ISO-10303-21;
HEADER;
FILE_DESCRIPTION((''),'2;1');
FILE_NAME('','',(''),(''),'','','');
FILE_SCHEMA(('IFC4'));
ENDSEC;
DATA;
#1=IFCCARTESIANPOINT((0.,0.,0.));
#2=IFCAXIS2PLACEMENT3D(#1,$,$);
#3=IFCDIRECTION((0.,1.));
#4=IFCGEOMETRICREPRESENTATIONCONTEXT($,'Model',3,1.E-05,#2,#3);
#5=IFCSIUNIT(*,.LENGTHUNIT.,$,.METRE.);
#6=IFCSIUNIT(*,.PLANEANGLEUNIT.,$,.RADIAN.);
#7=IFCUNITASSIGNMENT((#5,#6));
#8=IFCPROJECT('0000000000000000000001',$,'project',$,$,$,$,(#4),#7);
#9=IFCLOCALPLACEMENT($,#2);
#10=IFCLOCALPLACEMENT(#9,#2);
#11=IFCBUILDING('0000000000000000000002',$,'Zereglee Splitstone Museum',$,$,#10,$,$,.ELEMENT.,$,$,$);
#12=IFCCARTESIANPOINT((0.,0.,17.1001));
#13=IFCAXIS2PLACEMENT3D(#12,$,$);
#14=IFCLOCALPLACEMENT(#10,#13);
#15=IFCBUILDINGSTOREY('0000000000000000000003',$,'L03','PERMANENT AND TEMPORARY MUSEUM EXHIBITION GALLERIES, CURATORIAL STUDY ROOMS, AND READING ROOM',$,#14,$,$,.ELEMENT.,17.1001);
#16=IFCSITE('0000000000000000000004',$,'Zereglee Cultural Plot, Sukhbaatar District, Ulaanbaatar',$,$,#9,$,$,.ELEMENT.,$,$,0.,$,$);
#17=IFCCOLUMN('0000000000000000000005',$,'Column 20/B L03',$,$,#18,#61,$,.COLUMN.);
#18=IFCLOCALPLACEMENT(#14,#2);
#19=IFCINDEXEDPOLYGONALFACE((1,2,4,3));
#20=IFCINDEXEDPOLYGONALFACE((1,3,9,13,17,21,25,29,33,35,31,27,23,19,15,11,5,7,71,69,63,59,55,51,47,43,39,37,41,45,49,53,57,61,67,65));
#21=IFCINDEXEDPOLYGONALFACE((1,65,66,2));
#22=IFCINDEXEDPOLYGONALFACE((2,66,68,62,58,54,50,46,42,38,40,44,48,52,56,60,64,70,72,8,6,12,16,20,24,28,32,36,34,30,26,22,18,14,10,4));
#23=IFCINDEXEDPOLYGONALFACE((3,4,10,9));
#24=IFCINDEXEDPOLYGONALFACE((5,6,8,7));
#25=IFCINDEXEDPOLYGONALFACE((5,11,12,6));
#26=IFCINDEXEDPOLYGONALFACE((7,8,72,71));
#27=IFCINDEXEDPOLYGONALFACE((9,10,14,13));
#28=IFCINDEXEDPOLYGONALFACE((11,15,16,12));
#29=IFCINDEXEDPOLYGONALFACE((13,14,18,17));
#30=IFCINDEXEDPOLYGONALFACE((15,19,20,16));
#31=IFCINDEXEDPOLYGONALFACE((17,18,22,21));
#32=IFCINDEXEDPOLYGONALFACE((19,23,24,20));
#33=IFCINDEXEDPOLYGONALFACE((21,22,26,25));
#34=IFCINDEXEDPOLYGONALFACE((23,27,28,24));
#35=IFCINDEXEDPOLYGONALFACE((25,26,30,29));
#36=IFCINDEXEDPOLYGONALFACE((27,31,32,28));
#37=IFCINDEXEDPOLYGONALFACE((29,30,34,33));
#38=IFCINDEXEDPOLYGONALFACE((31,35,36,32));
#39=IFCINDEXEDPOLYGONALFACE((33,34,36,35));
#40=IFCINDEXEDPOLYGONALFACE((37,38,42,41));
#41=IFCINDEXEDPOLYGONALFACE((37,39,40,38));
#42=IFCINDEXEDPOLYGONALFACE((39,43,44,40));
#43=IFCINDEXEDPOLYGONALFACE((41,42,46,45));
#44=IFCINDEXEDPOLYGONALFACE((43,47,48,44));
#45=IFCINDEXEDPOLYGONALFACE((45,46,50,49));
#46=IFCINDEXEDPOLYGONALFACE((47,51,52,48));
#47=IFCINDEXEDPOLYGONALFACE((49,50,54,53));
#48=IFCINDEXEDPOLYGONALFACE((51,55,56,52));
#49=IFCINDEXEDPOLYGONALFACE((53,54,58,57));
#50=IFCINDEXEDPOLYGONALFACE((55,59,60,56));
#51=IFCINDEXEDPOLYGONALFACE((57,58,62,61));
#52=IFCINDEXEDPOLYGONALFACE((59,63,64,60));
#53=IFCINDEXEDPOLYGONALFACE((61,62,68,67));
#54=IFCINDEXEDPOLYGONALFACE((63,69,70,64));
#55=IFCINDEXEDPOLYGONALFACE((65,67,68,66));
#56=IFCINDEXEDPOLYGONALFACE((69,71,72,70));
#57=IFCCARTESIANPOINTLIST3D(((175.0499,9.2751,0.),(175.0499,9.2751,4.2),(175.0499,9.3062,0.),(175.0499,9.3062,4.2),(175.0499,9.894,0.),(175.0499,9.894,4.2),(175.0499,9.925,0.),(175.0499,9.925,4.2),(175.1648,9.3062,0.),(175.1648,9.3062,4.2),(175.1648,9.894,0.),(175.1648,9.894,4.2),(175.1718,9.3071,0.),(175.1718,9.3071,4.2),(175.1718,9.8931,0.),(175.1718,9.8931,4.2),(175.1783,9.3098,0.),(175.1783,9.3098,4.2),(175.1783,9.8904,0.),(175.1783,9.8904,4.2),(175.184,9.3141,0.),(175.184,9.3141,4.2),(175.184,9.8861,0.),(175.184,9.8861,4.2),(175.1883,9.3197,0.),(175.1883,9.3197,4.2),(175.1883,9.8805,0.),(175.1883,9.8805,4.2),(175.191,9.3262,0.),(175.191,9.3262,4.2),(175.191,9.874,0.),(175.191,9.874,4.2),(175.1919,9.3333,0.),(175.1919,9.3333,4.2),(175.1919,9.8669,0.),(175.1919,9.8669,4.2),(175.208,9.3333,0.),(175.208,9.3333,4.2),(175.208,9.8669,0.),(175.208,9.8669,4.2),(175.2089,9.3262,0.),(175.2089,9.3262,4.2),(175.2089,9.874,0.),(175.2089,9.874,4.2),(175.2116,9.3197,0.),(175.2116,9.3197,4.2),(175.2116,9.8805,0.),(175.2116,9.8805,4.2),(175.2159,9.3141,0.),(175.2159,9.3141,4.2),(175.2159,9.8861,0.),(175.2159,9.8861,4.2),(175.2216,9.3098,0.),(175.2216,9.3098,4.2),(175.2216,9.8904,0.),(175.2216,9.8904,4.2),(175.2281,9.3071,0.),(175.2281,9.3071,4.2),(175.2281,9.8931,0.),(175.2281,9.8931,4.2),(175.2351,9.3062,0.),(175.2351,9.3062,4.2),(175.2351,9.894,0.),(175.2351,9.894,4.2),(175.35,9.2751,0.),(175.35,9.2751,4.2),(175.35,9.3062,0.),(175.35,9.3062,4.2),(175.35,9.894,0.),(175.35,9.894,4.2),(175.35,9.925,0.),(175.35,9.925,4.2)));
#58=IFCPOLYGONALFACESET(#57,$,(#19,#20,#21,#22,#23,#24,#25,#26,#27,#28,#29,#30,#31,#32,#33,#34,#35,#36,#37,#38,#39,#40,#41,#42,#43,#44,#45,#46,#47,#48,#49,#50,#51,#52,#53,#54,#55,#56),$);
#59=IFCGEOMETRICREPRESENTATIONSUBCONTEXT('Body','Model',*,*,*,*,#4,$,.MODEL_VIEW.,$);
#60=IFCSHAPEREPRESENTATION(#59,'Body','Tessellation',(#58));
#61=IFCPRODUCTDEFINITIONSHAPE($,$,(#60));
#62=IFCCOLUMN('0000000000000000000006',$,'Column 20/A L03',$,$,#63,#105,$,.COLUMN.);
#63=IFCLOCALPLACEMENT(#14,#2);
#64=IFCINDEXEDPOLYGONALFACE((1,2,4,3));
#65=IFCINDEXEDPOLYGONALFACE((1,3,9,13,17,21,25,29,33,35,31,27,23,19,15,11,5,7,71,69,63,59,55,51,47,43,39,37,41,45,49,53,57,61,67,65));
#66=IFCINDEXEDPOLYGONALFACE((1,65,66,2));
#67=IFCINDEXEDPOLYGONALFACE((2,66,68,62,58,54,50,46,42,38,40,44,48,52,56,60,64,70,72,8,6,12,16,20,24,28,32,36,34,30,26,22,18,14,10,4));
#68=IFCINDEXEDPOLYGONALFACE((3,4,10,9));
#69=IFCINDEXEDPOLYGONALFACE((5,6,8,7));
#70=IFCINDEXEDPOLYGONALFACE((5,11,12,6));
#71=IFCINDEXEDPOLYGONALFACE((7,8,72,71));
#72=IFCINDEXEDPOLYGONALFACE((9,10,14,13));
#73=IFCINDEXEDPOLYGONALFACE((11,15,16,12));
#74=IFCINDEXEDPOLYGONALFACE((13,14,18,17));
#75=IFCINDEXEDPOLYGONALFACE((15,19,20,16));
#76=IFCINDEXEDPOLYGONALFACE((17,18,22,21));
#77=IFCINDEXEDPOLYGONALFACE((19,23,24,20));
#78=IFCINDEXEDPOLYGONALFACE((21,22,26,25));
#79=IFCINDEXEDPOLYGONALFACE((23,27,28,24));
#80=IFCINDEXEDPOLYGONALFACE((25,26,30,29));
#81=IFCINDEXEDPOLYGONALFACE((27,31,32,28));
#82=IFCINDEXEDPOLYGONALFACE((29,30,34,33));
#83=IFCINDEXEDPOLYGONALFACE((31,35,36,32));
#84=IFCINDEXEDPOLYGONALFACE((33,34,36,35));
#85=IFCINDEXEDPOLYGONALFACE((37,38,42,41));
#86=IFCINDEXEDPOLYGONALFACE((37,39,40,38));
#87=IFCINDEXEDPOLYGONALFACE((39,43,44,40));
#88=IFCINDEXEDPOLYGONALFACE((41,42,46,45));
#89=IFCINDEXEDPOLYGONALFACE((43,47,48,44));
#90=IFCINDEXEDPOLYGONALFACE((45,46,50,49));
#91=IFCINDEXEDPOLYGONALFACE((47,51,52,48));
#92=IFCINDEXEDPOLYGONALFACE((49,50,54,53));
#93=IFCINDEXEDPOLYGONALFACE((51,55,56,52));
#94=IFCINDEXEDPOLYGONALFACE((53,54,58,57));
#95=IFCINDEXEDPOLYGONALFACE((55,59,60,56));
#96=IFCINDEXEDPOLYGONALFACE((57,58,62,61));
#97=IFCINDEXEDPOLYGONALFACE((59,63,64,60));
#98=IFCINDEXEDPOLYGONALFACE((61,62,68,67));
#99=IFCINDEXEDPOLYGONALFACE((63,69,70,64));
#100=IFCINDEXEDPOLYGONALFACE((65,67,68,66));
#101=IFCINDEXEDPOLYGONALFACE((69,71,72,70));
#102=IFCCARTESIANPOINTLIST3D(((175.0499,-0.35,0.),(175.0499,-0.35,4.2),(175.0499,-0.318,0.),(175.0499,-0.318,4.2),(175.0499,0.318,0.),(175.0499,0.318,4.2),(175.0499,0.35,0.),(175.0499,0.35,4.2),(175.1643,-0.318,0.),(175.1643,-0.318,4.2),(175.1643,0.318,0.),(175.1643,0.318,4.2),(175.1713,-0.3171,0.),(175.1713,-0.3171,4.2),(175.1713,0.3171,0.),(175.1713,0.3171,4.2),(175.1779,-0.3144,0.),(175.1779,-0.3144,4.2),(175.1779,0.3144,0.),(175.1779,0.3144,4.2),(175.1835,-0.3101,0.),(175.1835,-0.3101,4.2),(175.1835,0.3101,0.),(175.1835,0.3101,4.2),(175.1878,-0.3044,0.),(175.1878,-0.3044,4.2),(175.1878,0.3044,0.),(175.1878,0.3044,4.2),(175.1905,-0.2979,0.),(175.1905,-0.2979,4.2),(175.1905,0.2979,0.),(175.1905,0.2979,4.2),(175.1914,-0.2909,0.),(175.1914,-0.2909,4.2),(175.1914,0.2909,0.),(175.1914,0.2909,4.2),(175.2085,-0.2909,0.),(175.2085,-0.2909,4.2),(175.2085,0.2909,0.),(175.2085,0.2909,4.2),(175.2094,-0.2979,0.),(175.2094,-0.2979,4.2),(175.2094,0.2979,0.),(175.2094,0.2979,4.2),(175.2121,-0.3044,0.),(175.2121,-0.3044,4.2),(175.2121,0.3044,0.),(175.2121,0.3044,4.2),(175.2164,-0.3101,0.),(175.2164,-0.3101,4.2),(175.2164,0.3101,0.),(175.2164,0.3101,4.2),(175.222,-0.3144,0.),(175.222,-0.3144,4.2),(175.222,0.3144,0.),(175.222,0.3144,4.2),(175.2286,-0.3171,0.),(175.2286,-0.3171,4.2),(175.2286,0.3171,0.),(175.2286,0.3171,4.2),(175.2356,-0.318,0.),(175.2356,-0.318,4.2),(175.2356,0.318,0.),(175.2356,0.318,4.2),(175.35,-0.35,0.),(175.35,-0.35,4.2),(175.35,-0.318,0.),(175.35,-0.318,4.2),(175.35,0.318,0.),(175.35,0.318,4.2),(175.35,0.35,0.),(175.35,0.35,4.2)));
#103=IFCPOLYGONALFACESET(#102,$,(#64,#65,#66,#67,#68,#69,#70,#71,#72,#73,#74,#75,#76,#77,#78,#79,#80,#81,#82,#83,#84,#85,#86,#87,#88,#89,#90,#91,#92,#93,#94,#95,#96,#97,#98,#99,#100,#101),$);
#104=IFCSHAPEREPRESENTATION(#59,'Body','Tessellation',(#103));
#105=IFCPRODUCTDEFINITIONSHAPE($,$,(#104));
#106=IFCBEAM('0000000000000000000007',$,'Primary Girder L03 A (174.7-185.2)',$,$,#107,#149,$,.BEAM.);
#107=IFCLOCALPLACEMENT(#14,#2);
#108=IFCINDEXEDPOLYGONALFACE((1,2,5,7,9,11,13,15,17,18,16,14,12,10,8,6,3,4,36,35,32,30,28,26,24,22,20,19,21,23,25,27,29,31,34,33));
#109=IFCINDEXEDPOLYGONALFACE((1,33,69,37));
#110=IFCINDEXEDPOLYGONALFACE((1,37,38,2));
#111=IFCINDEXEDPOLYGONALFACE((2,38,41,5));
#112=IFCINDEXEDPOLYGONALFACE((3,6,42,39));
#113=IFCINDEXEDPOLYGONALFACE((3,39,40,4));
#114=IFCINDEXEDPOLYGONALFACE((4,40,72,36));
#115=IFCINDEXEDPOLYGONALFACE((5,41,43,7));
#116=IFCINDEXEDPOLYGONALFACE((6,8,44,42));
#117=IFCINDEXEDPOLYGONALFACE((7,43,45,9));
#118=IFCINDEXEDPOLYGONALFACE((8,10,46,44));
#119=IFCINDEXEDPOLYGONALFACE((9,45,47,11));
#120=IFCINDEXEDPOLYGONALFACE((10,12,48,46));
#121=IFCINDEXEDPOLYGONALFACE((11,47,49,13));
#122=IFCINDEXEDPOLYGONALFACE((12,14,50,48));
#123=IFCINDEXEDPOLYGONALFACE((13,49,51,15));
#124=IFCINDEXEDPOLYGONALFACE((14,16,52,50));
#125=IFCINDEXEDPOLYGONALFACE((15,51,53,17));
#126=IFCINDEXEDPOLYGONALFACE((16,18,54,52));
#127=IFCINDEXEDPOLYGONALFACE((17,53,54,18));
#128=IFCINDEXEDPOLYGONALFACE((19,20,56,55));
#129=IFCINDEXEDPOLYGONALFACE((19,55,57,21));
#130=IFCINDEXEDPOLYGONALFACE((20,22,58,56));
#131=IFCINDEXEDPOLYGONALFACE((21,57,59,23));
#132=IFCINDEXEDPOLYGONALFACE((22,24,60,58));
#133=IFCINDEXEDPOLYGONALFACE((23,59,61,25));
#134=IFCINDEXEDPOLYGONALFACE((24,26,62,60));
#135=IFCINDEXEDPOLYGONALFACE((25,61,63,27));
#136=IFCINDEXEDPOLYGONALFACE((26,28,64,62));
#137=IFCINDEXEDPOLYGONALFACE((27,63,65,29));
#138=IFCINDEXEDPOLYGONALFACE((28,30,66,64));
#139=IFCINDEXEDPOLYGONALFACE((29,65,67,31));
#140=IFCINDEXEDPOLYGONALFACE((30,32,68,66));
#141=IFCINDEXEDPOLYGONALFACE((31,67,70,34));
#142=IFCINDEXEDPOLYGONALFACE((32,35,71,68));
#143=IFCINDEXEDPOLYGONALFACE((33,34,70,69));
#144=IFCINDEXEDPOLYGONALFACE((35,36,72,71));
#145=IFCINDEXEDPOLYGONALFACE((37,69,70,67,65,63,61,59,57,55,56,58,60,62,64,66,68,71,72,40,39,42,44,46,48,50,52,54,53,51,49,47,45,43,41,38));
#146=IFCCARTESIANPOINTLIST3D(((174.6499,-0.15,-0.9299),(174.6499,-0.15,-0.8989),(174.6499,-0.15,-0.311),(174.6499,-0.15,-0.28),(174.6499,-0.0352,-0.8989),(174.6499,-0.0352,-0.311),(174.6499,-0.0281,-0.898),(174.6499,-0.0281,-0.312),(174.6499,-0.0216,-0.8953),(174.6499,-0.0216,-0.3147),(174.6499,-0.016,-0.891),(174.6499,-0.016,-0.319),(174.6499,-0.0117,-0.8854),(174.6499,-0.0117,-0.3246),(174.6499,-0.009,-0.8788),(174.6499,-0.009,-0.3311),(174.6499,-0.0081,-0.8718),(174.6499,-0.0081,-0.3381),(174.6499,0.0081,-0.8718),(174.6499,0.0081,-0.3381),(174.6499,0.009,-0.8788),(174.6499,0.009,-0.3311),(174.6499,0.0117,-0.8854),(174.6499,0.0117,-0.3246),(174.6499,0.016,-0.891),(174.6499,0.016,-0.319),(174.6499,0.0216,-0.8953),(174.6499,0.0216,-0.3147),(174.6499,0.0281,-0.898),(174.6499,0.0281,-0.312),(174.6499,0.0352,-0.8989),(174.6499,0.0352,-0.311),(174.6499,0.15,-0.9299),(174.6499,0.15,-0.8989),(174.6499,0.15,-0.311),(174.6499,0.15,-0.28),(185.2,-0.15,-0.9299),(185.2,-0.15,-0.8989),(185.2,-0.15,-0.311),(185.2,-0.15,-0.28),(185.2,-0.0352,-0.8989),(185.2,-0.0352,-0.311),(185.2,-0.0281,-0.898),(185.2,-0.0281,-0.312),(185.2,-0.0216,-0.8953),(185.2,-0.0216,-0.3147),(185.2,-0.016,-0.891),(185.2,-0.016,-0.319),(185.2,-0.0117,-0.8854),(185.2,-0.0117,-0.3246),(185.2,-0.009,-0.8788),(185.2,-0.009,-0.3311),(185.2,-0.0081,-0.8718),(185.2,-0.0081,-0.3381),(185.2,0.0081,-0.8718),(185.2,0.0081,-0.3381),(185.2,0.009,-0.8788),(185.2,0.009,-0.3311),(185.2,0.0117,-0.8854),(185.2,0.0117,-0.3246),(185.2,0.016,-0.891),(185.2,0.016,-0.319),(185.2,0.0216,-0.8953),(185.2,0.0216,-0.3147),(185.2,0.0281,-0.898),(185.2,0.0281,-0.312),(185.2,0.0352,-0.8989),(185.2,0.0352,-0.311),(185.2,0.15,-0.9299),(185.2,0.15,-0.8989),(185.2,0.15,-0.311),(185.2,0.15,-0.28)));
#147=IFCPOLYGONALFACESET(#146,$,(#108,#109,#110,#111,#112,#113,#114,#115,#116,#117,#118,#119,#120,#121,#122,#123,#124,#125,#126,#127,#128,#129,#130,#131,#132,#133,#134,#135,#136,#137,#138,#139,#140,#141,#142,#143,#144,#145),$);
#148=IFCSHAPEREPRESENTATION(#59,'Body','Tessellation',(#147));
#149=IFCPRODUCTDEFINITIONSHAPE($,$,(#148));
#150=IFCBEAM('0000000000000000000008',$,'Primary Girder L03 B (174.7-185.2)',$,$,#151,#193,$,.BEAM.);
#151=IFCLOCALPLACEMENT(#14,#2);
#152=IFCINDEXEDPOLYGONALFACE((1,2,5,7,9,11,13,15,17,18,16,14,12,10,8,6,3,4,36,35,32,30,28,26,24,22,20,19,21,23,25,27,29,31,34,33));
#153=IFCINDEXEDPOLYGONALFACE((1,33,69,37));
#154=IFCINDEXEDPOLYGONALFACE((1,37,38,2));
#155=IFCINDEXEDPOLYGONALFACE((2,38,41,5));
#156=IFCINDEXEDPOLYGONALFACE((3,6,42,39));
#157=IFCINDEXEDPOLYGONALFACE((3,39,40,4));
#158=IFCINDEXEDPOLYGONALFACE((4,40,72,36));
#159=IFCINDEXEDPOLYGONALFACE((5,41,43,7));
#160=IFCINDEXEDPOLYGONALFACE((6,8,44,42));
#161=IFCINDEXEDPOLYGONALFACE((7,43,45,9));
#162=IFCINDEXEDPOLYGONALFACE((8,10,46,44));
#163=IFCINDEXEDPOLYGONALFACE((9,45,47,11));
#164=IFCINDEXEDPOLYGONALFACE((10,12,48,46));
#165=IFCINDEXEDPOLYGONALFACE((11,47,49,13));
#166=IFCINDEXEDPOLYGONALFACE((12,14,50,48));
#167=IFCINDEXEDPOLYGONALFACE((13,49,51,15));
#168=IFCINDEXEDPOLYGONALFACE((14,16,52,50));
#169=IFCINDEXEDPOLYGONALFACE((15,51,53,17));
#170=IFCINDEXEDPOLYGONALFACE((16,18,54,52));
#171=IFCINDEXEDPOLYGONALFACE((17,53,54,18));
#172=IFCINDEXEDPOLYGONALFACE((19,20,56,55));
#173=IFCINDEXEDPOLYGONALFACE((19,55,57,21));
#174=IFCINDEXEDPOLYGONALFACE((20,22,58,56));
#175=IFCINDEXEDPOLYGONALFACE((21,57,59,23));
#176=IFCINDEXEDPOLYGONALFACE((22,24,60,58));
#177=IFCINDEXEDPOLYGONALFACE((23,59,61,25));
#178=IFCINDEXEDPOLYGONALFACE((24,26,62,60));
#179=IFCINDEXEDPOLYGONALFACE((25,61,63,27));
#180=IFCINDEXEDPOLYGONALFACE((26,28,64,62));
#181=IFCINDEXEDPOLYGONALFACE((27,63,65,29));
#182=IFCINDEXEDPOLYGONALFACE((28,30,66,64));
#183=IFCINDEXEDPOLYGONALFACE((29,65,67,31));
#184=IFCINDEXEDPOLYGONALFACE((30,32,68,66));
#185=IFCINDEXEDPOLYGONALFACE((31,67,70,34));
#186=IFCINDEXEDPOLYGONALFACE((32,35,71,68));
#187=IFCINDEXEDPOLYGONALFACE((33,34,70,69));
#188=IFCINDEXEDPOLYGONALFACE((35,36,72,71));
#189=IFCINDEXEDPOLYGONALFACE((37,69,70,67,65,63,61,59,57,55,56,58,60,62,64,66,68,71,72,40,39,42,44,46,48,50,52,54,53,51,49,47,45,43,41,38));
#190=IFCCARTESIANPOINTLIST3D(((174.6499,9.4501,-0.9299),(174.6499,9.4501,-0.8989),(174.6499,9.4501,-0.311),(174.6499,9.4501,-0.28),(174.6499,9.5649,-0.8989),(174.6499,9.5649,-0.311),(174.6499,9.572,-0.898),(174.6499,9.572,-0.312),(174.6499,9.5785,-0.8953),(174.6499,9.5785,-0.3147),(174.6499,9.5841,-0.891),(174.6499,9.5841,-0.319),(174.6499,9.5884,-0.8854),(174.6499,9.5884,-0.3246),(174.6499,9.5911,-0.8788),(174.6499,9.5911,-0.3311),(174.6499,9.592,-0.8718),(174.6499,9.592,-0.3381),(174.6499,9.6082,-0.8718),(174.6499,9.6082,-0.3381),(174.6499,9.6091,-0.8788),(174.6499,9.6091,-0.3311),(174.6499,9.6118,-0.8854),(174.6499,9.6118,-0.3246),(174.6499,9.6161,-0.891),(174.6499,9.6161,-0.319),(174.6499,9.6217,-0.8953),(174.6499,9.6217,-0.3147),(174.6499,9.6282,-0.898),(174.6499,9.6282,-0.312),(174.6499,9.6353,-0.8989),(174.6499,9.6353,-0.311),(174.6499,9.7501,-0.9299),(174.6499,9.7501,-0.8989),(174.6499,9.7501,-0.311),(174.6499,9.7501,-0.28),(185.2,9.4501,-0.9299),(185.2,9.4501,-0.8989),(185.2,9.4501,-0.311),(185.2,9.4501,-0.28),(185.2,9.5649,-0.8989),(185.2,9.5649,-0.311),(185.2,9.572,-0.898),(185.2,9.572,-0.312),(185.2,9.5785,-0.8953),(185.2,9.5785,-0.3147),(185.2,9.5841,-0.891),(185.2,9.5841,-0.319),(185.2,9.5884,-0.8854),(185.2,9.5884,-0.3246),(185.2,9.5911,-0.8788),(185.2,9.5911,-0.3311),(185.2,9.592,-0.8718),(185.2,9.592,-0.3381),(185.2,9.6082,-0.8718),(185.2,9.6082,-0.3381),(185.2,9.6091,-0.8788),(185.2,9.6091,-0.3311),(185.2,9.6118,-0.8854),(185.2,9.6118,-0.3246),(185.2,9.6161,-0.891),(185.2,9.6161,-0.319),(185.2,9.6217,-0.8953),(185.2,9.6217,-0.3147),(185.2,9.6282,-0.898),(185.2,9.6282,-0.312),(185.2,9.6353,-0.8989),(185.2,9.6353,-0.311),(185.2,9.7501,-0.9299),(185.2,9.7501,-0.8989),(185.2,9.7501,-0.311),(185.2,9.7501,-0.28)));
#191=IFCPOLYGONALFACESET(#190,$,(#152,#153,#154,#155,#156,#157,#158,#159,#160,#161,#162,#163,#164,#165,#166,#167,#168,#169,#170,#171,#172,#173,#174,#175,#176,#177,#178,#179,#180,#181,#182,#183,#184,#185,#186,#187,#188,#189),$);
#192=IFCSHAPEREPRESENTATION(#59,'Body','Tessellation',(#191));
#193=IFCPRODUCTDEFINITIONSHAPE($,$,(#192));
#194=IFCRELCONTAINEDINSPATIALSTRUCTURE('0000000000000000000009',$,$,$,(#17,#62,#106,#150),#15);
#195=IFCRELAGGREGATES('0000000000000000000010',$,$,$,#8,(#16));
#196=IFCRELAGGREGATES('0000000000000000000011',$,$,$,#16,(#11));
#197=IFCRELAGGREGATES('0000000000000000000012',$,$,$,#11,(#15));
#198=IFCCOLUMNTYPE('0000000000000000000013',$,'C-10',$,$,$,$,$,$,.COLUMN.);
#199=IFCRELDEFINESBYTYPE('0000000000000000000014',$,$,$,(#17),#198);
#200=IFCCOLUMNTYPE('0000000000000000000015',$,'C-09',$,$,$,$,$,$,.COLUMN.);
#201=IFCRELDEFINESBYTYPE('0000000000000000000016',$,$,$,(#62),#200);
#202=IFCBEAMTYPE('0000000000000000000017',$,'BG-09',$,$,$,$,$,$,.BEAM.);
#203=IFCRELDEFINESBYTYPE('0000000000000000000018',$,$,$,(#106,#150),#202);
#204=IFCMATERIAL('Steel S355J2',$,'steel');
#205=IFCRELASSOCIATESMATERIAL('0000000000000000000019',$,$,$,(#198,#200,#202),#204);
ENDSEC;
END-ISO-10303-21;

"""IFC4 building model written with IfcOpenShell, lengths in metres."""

from ifc_helpers import new_model, si_unit, direction, frame, origin, origin_2d, place, context, subcontext, project, spatial, i_section, extrude, material, material_profile, profile_set, type_object, element, save


model = new_model("IFC4")

# Units and contexts
model_context = context("Model", 3, precision=1e-05, world=origin(), true_north=direction((0.0, 1.0)))
body_context = subcontext(model_context, "Body", "Model", "MODEL_VIEW")
ifc_project = project(units=[si_unit("LENGTHUNIT", "METRE"), si_unit("PLANEANGLEUNIT", "RADIAN")], contexts=[model_context])

# Site, building, storey
site_placement = place(None, origin())
site = spatial("IfcSite", under=ifc_project, at=site_placement, Name="Zereglee Cultural Plot, Sukhbaatar District, Ulaanbaatar", CompositionType="ELEMENT", RefElevation=0.0)
building_placement = place(site_placement, origin())
building = spatial("IfcBuilding", under=site, at=building_placement, Name="Zereglee Splitstone Museum", CompositionType="ELEMENT")
storey_placement = place(building_placement, frame((0.0, 0.0, 17.1001)))
storey = spatial("IfcBuildingStorey", under=building, at=storey_placement, Name="L03", Description="PERMANENT AND TEMPORARY MUSEUM EXHIBITION GALLERIES, CURATORIAL STUDY ROOMS, AND READING ROOM", CompositionType="ELEMENT", Elevation=17.1001)

# Columns
ifc_material_1 = material(Name="Steel S355J2", Category="steel")
ifc_material_profile_1 = material_profile(ifc_material_1, i_section(OverallWidth=0.3, OverallDepth=0.6499, WebThickness=0.0161, FlangeThickness=0.031, FilletRadius=0.0271, at=origin_2d()), Name="HE 650 B")
ifc_profile_set_1 = profile_set([ifc_material_profile_1], Name="Steel S355J2")
column_type_1 = type_object("IfcColumnType", Name="C-10", PredefinedType="COLUMN", material=ifc_profile_set_1)
column_1_placement = place(storey_placement, frame((175.2, 9.6001, 0.0), z_axis=(0.0, 0.0, 1.0), x_axis=(1.0, 0.0, 0.0)))
element("IfcColumn", 1, at=column_1_placement, inside=storey, type_object=column_type_1, Name="Column 20/B L03", PredefinedType="COLUMN", context=body_context, shape_type="SweptSolid", body=[
    extrude(i_section(OverallWidth=0.3, OverallDepth=0.6499, WebThickness=0.0161, FlangeThickness=0.031, FilletRadius=0.0271, at=origin_2d()), origin(), (0.0, 0.0, 1.0), 4.2),
])
ifc_material_profile_2 = material_profile(ifc_material_1, i_section(OverallWidth=0.3, OverallDepth=0.7, WebThickness=0.0171, FlangeThickness=0.032, FilletRadius=0.0271, at=origin_2d()), Name="HE 700 B")
ifc_profile_set_2 = profile_set([ifc_material_profile_2], Name="Steel S355J2")
column_type_2 = type_object("IfcColumnType", Name="C-09", PredefinedType="COLUMN", material=ifc_profile_set_2)
column_2_placement = place(storey_placement, frame((175.2, 0.0, 0.0), z_axis=(0.0, 0.0, 1.0), x_axis=(1.0, 0.0, 0.0)))
element("IfcColumn", 2, at=column_2_placement, inside=storey, type_object=column_type_2, Name="Column 20/A L03", PredefinedType="COLUMN", context=body_context, shape_type="SweptSolid", body=[
    extrude(i_section(OverallWidth=0.3, OverallDepth=0.7, WebThickness=0.0171, FlangeThickness=0.032, FilletRadius=0.0271, at=origin_2d()), origin(), (0.0, 0.0, 1.0), 4.2),
])

# Beams
ifc_material_profile_3 = material_profile(ifc_material_1, i_section(OverallWidth=0.3, OverallDepth=0.6499, WebThickness=0.0161, FlangeThickness=0.031, FilletRadius=0.0271, at=origin_2d()), Name="HE 650 B")
ifc_profile_set_3 = profile_set([ifc_material_profile_3], Name="Steel S355J2")
beam_type_1 = type_object("IfcBeamType", Name="BG-09", PredefinedType="BEAM", material=ifc_profile_set_3)
for number, where, z_axis, x_axis, name in (
    (3, (174.6499, 0.0, -0.605), (1.0, 0.0, 0.0), (0.0, 1.0, 0.0), "Primary Girder L03 A (174.7-185.2)"),
    (4, (174.6499, 9.6001, -0.605), (1.0, 0.0, 0.0), (0.0, 1.0, 0.0), "Primary Girder L03 B (174.7-185.2)"),
):
    element("IfcBeam", number, at=place(storey_placement, frame(where, z_axis=z_axis, x_axis=x_axis)), inside=storey, type_object=beam_type_1, Name=name, PredefinedType="BEAM", context=body_context, shape_type="SweptSolid", body=[
        extrude(i_section(OverallWidth=0.3, OverallDepth=0.6499, WebThickness=0.0161, FlangeThickness=0.031, FilletRadius=0.0271, at=origin_2d()), origin(), (0.0, 0.0, 1.0), 10.55),
    ])

save(model, "model.ifc")
